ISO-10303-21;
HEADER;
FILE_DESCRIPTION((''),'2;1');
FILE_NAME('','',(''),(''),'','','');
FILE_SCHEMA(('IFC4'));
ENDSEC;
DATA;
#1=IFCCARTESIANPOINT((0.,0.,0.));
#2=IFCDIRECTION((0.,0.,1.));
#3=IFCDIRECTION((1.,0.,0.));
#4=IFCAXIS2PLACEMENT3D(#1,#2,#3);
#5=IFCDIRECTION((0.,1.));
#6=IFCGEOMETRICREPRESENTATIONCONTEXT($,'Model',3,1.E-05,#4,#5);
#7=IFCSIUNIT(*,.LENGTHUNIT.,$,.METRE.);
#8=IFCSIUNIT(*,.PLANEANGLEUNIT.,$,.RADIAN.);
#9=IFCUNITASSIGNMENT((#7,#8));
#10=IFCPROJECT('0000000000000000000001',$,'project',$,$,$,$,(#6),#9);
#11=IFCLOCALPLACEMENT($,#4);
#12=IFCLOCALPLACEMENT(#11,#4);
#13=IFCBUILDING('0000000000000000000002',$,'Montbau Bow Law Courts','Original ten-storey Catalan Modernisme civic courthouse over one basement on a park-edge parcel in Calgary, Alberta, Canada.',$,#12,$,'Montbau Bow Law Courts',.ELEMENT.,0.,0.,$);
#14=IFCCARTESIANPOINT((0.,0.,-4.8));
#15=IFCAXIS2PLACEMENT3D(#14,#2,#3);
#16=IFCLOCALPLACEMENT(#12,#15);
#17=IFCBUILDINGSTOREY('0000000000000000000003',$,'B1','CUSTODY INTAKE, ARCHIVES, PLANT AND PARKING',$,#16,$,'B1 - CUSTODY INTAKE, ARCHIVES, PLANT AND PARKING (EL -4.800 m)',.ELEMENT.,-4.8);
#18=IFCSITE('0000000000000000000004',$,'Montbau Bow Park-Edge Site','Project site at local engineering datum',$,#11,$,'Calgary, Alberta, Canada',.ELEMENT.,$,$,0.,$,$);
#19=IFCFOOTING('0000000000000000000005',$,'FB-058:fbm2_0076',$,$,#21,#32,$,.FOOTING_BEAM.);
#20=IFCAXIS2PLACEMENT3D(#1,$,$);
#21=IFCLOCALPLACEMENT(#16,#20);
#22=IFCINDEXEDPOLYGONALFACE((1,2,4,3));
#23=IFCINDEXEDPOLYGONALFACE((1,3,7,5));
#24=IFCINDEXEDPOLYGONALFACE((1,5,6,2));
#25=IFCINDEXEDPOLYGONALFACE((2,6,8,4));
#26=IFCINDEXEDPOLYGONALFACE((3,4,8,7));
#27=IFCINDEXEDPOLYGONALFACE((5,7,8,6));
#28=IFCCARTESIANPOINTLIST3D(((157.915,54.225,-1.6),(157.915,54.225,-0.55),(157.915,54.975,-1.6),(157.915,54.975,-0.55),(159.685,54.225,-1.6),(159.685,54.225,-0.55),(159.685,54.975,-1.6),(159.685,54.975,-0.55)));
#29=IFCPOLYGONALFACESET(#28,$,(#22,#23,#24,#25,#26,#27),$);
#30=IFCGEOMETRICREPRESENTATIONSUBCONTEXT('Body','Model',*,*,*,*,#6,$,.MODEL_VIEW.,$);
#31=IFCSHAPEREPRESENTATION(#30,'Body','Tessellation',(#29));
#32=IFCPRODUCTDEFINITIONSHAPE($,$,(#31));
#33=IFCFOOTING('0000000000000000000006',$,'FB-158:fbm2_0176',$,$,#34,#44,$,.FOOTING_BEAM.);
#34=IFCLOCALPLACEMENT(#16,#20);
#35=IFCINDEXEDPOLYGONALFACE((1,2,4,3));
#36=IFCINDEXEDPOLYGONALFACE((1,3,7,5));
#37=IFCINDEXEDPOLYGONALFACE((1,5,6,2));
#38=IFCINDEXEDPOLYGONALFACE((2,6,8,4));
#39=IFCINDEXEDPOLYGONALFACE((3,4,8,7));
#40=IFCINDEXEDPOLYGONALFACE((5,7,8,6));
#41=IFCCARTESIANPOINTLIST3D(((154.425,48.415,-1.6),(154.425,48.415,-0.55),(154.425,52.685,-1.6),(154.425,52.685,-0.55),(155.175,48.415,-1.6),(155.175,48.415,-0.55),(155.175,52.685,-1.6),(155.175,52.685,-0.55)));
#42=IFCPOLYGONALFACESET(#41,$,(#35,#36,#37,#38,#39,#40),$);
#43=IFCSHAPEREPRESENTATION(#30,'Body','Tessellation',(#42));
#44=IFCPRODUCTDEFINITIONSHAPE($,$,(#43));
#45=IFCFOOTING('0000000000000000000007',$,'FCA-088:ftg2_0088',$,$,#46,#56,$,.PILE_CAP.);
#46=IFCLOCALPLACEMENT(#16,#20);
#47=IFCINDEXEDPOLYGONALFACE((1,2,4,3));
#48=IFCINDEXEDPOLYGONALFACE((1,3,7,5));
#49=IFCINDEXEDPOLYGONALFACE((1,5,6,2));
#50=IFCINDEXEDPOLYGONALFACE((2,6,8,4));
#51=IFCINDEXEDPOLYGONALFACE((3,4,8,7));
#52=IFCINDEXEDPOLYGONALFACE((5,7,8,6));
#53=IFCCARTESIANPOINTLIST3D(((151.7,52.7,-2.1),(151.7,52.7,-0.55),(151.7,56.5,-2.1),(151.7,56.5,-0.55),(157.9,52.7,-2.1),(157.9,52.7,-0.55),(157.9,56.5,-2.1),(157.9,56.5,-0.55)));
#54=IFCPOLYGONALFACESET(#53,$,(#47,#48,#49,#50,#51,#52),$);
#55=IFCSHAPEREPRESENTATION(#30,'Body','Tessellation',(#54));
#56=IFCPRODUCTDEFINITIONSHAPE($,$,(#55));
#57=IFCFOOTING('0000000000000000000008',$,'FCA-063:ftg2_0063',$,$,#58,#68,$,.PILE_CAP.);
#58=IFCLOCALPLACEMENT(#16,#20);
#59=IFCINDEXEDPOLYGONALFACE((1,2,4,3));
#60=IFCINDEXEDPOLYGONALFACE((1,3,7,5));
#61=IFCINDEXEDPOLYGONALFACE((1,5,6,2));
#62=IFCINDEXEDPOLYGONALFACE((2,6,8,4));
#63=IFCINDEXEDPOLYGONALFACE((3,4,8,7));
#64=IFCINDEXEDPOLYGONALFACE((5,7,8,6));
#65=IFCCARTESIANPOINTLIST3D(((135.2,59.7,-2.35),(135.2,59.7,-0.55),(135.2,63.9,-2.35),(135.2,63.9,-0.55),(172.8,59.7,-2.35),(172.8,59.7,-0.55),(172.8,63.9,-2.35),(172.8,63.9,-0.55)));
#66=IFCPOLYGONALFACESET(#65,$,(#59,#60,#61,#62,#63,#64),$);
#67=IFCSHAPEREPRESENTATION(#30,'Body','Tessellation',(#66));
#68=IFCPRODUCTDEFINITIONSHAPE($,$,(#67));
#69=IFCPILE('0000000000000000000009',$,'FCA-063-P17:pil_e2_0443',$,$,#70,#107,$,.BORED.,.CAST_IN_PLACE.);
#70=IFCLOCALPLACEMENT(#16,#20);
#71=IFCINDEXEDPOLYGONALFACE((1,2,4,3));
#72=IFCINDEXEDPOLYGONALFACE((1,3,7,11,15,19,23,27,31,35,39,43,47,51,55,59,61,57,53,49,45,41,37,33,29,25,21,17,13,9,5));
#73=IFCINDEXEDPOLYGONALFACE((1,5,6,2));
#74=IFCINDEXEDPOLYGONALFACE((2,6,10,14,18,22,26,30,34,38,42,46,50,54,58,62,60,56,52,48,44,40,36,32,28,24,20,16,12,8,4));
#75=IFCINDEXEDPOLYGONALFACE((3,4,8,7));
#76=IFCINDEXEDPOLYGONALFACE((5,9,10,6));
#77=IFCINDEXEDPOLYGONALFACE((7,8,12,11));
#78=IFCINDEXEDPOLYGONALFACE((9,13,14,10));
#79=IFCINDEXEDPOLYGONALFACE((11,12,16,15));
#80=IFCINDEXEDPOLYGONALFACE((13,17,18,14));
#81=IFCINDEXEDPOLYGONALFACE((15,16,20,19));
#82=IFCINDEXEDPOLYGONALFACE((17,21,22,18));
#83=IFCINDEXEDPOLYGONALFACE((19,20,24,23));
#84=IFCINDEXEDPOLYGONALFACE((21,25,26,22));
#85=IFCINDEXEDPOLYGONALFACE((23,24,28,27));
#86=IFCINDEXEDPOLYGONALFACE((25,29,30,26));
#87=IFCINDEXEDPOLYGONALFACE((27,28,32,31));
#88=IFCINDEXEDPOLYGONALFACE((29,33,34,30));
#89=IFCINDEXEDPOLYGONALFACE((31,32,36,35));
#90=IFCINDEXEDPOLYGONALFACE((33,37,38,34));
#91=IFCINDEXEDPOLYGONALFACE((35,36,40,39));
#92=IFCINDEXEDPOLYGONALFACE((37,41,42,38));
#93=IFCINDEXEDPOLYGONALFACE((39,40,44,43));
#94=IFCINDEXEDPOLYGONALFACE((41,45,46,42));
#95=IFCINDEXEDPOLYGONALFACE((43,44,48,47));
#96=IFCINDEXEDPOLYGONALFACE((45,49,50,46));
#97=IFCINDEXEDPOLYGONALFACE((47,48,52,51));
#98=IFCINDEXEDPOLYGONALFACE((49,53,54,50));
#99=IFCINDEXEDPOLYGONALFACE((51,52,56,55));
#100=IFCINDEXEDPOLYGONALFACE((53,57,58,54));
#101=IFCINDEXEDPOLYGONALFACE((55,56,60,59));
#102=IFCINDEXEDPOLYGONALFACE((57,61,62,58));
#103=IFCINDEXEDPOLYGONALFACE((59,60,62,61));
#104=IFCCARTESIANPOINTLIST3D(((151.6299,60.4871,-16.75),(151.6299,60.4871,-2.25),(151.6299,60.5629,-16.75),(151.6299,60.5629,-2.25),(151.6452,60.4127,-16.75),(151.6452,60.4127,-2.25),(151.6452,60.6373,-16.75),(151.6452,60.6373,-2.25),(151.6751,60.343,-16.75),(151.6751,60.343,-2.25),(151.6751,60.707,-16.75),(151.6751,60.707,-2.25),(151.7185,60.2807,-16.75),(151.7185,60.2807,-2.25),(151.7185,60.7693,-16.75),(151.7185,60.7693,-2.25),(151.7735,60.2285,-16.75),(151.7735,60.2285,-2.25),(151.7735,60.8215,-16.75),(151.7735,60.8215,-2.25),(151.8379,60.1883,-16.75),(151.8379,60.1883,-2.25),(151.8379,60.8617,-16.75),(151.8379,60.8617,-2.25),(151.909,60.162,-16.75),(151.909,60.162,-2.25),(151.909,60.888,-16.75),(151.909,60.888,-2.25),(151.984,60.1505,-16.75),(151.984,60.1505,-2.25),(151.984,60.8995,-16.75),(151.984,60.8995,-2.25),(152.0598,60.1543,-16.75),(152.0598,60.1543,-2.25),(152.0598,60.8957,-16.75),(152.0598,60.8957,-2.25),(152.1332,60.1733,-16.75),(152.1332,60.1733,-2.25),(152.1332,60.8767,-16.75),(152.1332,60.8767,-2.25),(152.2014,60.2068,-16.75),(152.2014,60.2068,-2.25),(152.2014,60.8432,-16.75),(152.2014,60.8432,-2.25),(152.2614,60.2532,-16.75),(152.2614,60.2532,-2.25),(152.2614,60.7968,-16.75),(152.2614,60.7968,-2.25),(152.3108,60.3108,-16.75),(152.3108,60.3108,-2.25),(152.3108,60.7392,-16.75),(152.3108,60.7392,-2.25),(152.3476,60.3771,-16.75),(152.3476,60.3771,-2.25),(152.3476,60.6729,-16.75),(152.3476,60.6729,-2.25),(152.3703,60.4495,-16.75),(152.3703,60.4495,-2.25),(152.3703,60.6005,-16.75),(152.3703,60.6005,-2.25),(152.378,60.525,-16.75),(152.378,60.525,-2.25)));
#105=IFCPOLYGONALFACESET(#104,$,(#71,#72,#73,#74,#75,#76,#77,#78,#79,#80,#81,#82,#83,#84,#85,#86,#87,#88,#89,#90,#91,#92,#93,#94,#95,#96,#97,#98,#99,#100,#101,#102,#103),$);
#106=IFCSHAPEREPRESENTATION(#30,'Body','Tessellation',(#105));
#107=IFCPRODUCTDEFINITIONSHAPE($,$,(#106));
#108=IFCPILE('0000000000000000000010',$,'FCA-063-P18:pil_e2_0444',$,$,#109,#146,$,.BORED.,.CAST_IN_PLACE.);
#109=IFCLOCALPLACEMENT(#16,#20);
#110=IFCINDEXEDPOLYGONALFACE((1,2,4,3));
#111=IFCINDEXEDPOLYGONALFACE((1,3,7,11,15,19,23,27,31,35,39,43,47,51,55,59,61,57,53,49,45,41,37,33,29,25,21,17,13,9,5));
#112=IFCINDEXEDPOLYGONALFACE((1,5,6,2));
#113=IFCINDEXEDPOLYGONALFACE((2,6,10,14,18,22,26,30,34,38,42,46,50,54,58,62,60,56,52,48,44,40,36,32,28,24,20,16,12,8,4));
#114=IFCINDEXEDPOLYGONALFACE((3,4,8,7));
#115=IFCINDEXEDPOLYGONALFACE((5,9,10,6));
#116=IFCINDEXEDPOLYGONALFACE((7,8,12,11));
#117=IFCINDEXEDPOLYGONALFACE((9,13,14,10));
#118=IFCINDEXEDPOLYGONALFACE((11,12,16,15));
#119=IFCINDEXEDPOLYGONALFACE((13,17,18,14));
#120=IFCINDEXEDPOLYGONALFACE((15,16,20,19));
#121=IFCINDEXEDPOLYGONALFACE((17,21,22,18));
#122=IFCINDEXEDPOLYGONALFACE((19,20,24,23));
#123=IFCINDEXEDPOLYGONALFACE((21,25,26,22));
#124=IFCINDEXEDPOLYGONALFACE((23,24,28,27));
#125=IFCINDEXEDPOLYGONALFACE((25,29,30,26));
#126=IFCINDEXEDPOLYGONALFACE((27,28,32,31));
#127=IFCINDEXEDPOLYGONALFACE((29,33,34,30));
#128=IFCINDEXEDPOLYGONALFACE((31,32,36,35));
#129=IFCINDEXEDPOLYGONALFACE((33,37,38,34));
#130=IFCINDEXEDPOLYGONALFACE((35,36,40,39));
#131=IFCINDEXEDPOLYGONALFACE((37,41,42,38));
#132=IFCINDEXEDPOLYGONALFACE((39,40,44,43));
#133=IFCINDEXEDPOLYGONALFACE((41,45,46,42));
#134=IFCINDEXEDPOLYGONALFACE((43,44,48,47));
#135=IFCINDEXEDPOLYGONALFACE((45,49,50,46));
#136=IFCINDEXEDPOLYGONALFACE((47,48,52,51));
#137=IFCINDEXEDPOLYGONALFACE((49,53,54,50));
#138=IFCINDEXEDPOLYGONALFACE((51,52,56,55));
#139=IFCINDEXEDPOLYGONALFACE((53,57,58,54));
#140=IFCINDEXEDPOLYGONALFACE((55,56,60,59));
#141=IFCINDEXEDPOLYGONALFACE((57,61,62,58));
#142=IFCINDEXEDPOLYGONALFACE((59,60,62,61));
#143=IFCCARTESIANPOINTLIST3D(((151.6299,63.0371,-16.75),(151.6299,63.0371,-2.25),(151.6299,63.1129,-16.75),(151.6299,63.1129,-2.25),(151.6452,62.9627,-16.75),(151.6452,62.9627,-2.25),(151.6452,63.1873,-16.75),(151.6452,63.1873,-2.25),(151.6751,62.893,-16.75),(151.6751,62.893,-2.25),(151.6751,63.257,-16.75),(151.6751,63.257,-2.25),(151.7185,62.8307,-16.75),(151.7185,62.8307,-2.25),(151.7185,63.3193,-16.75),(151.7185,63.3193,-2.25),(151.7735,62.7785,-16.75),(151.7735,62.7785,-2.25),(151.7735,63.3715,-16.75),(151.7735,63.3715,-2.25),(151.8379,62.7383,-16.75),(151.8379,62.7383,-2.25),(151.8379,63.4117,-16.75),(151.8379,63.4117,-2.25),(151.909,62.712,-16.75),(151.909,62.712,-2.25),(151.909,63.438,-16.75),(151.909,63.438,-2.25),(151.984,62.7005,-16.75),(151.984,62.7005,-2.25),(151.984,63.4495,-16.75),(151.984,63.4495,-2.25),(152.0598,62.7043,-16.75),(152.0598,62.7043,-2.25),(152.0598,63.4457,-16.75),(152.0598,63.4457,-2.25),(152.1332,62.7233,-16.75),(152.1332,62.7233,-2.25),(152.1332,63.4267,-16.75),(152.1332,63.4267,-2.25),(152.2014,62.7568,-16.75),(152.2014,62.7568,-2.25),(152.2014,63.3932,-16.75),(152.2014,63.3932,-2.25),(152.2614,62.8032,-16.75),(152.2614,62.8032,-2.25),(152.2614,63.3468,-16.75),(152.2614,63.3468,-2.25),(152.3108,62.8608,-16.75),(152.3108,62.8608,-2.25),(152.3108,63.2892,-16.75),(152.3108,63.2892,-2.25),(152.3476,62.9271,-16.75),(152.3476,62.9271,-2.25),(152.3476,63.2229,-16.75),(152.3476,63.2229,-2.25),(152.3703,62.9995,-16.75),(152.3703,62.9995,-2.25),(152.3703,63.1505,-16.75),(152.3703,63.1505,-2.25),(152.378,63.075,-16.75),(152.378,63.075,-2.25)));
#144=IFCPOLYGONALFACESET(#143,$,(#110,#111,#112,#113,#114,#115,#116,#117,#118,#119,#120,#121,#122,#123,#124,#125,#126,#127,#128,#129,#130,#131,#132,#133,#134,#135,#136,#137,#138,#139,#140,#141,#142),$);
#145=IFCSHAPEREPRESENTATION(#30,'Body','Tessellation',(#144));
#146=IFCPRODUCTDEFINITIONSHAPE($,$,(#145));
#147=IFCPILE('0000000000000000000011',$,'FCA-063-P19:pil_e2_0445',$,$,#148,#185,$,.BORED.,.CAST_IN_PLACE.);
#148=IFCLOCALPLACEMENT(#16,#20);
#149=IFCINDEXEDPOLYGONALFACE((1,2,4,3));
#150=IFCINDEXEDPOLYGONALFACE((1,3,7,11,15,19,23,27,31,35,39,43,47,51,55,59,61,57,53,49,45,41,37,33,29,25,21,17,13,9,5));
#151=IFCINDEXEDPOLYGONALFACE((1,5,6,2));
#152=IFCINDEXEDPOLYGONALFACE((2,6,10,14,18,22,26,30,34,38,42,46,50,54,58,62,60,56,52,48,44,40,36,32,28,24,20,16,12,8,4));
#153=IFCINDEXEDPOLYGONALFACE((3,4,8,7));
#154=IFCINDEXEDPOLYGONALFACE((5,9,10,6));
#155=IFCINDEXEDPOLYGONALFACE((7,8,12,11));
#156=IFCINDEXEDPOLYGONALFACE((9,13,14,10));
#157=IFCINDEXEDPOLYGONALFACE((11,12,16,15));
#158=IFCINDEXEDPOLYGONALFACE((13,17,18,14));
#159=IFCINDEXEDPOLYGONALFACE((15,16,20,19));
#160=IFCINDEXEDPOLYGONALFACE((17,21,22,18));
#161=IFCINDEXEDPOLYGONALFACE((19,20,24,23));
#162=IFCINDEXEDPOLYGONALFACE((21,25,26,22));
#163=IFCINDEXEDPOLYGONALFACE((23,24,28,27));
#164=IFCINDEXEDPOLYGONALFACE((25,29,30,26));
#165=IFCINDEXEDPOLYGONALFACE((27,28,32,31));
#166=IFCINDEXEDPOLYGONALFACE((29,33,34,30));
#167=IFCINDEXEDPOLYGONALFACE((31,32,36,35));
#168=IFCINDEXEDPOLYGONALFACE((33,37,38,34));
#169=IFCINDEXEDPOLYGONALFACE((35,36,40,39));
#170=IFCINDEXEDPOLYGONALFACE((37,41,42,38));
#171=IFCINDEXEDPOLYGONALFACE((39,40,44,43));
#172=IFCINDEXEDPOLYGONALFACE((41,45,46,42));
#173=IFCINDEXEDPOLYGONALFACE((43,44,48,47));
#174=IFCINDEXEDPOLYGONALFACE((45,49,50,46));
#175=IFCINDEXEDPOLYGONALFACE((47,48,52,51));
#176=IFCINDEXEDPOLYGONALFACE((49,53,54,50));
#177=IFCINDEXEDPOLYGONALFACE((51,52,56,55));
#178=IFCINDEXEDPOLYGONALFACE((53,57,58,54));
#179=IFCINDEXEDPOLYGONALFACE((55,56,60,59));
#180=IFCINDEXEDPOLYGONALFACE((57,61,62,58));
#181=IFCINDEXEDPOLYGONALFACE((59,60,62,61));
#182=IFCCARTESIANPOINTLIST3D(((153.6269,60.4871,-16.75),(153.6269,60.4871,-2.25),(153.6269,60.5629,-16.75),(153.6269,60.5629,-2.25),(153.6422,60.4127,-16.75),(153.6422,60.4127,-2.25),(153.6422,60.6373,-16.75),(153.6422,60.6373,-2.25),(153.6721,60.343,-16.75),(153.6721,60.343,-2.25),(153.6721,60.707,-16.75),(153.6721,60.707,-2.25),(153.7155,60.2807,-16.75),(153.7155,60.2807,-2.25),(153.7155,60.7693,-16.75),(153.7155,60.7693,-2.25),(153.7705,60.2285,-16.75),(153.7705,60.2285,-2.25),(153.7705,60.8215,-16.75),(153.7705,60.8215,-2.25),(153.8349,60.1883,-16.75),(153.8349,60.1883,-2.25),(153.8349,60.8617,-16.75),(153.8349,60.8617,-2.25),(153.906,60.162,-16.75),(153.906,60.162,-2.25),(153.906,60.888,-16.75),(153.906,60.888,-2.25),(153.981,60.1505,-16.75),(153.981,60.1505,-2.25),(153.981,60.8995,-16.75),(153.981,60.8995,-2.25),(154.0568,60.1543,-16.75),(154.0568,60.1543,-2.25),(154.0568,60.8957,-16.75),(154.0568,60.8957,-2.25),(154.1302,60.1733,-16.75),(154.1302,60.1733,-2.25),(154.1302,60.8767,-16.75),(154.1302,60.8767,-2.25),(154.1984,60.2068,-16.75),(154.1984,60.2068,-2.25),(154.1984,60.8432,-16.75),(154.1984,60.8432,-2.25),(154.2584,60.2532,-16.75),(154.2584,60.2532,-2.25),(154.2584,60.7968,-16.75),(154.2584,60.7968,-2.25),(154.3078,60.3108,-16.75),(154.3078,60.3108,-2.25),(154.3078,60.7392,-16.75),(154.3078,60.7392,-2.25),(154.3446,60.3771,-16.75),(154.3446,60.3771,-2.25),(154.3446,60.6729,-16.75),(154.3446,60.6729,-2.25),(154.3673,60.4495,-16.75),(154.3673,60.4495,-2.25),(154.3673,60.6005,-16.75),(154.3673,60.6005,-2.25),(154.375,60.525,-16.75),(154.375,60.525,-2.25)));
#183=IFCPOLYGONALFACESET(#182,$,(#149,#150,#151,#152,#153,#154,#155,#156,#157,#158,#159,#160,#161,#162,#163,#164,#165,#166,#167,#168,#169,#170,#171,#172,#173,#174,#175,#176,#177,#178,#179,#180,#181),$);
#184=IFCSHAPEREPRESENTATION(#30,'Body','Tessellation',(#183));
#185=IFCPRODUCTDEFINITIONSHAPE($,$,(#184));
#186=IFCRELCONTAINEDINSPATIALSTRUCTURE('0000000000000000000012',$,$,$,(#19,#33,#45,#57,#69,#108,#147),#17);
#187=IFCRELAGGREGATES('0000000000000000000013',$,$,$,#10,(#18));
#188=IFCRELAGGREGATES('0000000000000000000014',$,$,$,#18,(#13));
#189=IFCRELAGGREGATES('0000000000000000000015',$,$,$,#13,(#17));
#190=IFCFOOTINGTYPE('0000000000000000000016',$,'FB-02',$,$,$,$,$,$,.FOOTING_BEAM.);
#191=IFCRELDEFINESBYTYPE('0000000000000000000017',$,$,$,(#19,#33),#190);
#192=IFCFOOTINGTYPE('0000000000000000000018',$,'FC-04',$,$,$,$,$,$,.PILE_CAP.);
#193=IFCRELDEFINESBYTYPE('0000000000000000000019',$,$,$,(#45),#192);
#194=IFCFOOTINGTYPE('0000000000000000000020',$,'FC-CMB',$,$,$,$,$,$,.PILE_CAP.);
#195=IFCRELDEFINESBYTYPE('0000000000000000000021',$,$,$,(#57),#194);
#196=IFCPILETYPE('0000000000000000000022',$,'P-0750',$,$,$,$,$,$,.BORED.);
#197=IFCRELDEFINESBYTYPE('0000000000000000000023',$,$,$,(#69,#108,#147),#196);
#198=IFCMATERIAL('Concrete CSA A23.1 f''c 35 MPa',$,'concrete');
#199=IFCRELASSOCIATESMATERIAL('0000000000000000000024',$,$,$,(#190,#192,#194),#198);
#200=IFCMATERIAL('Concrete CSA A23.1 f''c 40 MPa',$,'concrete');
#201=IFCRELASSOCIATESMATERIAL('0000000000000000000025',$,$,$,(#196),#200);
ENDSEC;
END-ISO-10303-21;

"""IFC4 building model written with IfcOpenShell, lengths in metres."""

from ifc_helpers import new_model, si_unit, direction, frame, origin_with_axes, origin_2d_with_axis, place, context, subcontext, project, spatial, rectangle, circle, extrude, material, material_profile, profile_set, type_object, element, save


model = new_model("IFC4")

# Units and contexts
model_context = context("Model", 3, precision=1e-05, world=origin_with_axes(), true_north=direction((0.0, 1.0)))
body_context = subcontext(model_context, "Body", "Model", "MODEL_VIEW")
ifc_project = project(units=[si_unit("LENGTHUNIT", "METRE"), si_unit("PLANEANGLEUNIT", "RADIAN")], contexts=[model_context])

# Site, building, storey
site_placement = place(None, origin_with_axes())
site = spatial("IfcSite", under=ifc_project, at=site_placement, Name="Montbau Bow Park-Edge Site", Description="Project site at local engineering datum", LongName="Calgary, Alberta, Canada", CompositionType="ELEMENT", RefElevation=0.0)
building_placement = place(site_placement, origin_with_axes())
building = spatial("IfcBuilding", under=site, at=building_placement, Name="Montbau Bow Law Courts", Description="Original ten-storey Catalan Modernisme civic courthouse over one basement on a park-edge parcel in Calgary, Alberta, Canada.", LongName="Montbau Bow Law Courts", CompositionType="ELEMENT", ElevationOfRefHeight=0.0, ElevationOfTerrain=0.0)
storey_placement = place(building_placement, frame((0.0, 0.0, -4.8), z_axis=(0.0, 0.0, 1.0), x_axis=(1.0, 0.0, 0.0)))
storey = spatial("IfcBuildingStorey", under=building, at=storey_placement, Name="B1", Description="CUSTODY INTAKE, ARCHIVES, PLANT AND PARKING", LongName="B1 - CUSTODY INTAKE, ARCHIVES, PLANT AND PARKING (EL -4.800 m)", CompositionType="ELEMENT", Elevation=-4.8)

# Footings
ifc_material_1 = material(Name="Concrete CSA A23.1 f'c 35 MPa", Category="concrete")
footing_type_1 = type_object("IfcFootingType", Name="FB-02", PredefinedType="FOOTING_BEAM", material=ifc_material_1)
footing_1_placement = place(None, frame((158.8, 54.6, -6.4), z_axis=(0.0, 0.0, 1.0), x_axis=(1.0, 0.0, 0.0)))
element("IfcFooting", 1, at=footing_1_placement, inside=storey, type_object=footing_type_1, Name="FB-058:fbm2_0076", PredefinedType="FOOTING_BEAM", context=body_context, shape_type="SweptSolid", body=[
    extrude(rectangle(XDim=1.77, YDim=0.75, at=origin_2d_with_axis()), origin_with_axes(), (0.0, 0.0, 1.0), 1.05),
])
footing_2_placement = place(None, frame((154.8, 50.55, -6.4), z_axis=(0.0, 0.0, 1.0), x_axis=(0.0, 1.0, 0.0)))
element("IfcFooting", 2, at=footing_2_placement, inside=storey, type_object=footing_type_1, Name="FB-158:fbm2_0176", PredefinedType="FOOTING_BEAM", context=body_context, shape_type="SweptSolid", body=[
    extrude(rectangle(XDim=4.27, YDim=0.75, at=origin_2d_with_axis()), origin_with_axes(), (0.0, 0.0, 1.0), 1.05),
])
footing_type_2 = type_object("IfcFootingType", Name="FC-04", PredefinedType="PILE_CAP", material=ifc_material_1)
footing_3_placement = place(None, frame((154.8, 54.6, -6.9), z_axis=(0.0, 0.0, 1.0), x_axis=(1.0, 0.0, 0.0)))
element("IfcFooting", 3, at=footing_3_placement, inside=storey, type_object=footing_type_2, Name="FCA-088:ftg2_0088", PredefinedType="PILE_CAP", context=body_context, shape_type="SweptSolid", body=[
    extrude(rectangle(XDim=6.2, YDim=3.8, at=origin_2d_with_axis()), origin_with_axes(), (0.0, 0.0, 1.0), 1.55),
])
footing_type_3 = type_object("IfcFootingType", Name="FC-CMB", PredefinedType="PILE_CAP", material=ifc_material_1)
footing_4_placement = place(None, frame((154.0, 61.8, -7.15), z_axis=(0.0, 0.0, 1.0), x_axis=(1.0, 0.0, 0.0)))
element("IfcFooting", 4, at=footing_4_placement, inside=storey, type_object=footing_type_3, Name="FCA-063:ftg2_0063", PredefinedType="PILE_CAP", context=body_context, shape_type="SweptSolid", body=[
    extrude(rectangle(XDim=37.6, YDim=4.2, at=origin_2d_with_axis()), origin_with_axes(), (0.0, 0.0, 1.0), 1.8),
])

# Piles
ifc_material_2 = material(Name="Concrete CSA A23.1 f'c 40 MPa", Category="concrete")
ifc_material_profile_1 = material_profile(ifc_material_2, circle(Radius=0.375, at=origin_2d_with_axis()), Name="BP750", Category="Main", Priority=0)
ifc_profile_set_1 = profile_set([ifc_material_profile_1], Name="Concrete CSA A23.1 f'c 40 MPa")
pile_type_1 = type_object("IfcPileType", Name="P-0750", PredefinedType="BORED", material=ifc_profile_set_1)
for number, where, z_axis, x_axis, name in (
    (5, (152.003, 60.525, -21.55), (0.0, 0.0, 1.0), (1.0, 0.0, 0.0), "FCA-063-P17:pil_e2_0443"),
    (6, (152.003, 63.075, -21.55), (0.0, 0.0, 1.0), (1.0, 0.0, 0.0), "FCA-063-P18:pil_e2_0444"),
    (7, (154.0, 60.525, -21.55), (0.0, 0.0, 1.0), (1.0, 0.0, 0.0), "FCA-063-P19:pil_e2_0445"),
):
    element("IfcPile", number, at=place(None, frame(where, z_axis=z_axis, x_axis=x_axis)), inside=storey, type_object=pile_type_1, Name=name, ConstructionType="CAST_IN_PLACE", PredefinedType="BORED", context=body_context, shape_type="SweptSolid", body=[
        extrude(circle(Radius=0.375, at=origin_2d_with_axis()), origin_with_axes(), (0.0, 0.0, 1.0), 14.5),
    ])

save(model, "model.ifc")
